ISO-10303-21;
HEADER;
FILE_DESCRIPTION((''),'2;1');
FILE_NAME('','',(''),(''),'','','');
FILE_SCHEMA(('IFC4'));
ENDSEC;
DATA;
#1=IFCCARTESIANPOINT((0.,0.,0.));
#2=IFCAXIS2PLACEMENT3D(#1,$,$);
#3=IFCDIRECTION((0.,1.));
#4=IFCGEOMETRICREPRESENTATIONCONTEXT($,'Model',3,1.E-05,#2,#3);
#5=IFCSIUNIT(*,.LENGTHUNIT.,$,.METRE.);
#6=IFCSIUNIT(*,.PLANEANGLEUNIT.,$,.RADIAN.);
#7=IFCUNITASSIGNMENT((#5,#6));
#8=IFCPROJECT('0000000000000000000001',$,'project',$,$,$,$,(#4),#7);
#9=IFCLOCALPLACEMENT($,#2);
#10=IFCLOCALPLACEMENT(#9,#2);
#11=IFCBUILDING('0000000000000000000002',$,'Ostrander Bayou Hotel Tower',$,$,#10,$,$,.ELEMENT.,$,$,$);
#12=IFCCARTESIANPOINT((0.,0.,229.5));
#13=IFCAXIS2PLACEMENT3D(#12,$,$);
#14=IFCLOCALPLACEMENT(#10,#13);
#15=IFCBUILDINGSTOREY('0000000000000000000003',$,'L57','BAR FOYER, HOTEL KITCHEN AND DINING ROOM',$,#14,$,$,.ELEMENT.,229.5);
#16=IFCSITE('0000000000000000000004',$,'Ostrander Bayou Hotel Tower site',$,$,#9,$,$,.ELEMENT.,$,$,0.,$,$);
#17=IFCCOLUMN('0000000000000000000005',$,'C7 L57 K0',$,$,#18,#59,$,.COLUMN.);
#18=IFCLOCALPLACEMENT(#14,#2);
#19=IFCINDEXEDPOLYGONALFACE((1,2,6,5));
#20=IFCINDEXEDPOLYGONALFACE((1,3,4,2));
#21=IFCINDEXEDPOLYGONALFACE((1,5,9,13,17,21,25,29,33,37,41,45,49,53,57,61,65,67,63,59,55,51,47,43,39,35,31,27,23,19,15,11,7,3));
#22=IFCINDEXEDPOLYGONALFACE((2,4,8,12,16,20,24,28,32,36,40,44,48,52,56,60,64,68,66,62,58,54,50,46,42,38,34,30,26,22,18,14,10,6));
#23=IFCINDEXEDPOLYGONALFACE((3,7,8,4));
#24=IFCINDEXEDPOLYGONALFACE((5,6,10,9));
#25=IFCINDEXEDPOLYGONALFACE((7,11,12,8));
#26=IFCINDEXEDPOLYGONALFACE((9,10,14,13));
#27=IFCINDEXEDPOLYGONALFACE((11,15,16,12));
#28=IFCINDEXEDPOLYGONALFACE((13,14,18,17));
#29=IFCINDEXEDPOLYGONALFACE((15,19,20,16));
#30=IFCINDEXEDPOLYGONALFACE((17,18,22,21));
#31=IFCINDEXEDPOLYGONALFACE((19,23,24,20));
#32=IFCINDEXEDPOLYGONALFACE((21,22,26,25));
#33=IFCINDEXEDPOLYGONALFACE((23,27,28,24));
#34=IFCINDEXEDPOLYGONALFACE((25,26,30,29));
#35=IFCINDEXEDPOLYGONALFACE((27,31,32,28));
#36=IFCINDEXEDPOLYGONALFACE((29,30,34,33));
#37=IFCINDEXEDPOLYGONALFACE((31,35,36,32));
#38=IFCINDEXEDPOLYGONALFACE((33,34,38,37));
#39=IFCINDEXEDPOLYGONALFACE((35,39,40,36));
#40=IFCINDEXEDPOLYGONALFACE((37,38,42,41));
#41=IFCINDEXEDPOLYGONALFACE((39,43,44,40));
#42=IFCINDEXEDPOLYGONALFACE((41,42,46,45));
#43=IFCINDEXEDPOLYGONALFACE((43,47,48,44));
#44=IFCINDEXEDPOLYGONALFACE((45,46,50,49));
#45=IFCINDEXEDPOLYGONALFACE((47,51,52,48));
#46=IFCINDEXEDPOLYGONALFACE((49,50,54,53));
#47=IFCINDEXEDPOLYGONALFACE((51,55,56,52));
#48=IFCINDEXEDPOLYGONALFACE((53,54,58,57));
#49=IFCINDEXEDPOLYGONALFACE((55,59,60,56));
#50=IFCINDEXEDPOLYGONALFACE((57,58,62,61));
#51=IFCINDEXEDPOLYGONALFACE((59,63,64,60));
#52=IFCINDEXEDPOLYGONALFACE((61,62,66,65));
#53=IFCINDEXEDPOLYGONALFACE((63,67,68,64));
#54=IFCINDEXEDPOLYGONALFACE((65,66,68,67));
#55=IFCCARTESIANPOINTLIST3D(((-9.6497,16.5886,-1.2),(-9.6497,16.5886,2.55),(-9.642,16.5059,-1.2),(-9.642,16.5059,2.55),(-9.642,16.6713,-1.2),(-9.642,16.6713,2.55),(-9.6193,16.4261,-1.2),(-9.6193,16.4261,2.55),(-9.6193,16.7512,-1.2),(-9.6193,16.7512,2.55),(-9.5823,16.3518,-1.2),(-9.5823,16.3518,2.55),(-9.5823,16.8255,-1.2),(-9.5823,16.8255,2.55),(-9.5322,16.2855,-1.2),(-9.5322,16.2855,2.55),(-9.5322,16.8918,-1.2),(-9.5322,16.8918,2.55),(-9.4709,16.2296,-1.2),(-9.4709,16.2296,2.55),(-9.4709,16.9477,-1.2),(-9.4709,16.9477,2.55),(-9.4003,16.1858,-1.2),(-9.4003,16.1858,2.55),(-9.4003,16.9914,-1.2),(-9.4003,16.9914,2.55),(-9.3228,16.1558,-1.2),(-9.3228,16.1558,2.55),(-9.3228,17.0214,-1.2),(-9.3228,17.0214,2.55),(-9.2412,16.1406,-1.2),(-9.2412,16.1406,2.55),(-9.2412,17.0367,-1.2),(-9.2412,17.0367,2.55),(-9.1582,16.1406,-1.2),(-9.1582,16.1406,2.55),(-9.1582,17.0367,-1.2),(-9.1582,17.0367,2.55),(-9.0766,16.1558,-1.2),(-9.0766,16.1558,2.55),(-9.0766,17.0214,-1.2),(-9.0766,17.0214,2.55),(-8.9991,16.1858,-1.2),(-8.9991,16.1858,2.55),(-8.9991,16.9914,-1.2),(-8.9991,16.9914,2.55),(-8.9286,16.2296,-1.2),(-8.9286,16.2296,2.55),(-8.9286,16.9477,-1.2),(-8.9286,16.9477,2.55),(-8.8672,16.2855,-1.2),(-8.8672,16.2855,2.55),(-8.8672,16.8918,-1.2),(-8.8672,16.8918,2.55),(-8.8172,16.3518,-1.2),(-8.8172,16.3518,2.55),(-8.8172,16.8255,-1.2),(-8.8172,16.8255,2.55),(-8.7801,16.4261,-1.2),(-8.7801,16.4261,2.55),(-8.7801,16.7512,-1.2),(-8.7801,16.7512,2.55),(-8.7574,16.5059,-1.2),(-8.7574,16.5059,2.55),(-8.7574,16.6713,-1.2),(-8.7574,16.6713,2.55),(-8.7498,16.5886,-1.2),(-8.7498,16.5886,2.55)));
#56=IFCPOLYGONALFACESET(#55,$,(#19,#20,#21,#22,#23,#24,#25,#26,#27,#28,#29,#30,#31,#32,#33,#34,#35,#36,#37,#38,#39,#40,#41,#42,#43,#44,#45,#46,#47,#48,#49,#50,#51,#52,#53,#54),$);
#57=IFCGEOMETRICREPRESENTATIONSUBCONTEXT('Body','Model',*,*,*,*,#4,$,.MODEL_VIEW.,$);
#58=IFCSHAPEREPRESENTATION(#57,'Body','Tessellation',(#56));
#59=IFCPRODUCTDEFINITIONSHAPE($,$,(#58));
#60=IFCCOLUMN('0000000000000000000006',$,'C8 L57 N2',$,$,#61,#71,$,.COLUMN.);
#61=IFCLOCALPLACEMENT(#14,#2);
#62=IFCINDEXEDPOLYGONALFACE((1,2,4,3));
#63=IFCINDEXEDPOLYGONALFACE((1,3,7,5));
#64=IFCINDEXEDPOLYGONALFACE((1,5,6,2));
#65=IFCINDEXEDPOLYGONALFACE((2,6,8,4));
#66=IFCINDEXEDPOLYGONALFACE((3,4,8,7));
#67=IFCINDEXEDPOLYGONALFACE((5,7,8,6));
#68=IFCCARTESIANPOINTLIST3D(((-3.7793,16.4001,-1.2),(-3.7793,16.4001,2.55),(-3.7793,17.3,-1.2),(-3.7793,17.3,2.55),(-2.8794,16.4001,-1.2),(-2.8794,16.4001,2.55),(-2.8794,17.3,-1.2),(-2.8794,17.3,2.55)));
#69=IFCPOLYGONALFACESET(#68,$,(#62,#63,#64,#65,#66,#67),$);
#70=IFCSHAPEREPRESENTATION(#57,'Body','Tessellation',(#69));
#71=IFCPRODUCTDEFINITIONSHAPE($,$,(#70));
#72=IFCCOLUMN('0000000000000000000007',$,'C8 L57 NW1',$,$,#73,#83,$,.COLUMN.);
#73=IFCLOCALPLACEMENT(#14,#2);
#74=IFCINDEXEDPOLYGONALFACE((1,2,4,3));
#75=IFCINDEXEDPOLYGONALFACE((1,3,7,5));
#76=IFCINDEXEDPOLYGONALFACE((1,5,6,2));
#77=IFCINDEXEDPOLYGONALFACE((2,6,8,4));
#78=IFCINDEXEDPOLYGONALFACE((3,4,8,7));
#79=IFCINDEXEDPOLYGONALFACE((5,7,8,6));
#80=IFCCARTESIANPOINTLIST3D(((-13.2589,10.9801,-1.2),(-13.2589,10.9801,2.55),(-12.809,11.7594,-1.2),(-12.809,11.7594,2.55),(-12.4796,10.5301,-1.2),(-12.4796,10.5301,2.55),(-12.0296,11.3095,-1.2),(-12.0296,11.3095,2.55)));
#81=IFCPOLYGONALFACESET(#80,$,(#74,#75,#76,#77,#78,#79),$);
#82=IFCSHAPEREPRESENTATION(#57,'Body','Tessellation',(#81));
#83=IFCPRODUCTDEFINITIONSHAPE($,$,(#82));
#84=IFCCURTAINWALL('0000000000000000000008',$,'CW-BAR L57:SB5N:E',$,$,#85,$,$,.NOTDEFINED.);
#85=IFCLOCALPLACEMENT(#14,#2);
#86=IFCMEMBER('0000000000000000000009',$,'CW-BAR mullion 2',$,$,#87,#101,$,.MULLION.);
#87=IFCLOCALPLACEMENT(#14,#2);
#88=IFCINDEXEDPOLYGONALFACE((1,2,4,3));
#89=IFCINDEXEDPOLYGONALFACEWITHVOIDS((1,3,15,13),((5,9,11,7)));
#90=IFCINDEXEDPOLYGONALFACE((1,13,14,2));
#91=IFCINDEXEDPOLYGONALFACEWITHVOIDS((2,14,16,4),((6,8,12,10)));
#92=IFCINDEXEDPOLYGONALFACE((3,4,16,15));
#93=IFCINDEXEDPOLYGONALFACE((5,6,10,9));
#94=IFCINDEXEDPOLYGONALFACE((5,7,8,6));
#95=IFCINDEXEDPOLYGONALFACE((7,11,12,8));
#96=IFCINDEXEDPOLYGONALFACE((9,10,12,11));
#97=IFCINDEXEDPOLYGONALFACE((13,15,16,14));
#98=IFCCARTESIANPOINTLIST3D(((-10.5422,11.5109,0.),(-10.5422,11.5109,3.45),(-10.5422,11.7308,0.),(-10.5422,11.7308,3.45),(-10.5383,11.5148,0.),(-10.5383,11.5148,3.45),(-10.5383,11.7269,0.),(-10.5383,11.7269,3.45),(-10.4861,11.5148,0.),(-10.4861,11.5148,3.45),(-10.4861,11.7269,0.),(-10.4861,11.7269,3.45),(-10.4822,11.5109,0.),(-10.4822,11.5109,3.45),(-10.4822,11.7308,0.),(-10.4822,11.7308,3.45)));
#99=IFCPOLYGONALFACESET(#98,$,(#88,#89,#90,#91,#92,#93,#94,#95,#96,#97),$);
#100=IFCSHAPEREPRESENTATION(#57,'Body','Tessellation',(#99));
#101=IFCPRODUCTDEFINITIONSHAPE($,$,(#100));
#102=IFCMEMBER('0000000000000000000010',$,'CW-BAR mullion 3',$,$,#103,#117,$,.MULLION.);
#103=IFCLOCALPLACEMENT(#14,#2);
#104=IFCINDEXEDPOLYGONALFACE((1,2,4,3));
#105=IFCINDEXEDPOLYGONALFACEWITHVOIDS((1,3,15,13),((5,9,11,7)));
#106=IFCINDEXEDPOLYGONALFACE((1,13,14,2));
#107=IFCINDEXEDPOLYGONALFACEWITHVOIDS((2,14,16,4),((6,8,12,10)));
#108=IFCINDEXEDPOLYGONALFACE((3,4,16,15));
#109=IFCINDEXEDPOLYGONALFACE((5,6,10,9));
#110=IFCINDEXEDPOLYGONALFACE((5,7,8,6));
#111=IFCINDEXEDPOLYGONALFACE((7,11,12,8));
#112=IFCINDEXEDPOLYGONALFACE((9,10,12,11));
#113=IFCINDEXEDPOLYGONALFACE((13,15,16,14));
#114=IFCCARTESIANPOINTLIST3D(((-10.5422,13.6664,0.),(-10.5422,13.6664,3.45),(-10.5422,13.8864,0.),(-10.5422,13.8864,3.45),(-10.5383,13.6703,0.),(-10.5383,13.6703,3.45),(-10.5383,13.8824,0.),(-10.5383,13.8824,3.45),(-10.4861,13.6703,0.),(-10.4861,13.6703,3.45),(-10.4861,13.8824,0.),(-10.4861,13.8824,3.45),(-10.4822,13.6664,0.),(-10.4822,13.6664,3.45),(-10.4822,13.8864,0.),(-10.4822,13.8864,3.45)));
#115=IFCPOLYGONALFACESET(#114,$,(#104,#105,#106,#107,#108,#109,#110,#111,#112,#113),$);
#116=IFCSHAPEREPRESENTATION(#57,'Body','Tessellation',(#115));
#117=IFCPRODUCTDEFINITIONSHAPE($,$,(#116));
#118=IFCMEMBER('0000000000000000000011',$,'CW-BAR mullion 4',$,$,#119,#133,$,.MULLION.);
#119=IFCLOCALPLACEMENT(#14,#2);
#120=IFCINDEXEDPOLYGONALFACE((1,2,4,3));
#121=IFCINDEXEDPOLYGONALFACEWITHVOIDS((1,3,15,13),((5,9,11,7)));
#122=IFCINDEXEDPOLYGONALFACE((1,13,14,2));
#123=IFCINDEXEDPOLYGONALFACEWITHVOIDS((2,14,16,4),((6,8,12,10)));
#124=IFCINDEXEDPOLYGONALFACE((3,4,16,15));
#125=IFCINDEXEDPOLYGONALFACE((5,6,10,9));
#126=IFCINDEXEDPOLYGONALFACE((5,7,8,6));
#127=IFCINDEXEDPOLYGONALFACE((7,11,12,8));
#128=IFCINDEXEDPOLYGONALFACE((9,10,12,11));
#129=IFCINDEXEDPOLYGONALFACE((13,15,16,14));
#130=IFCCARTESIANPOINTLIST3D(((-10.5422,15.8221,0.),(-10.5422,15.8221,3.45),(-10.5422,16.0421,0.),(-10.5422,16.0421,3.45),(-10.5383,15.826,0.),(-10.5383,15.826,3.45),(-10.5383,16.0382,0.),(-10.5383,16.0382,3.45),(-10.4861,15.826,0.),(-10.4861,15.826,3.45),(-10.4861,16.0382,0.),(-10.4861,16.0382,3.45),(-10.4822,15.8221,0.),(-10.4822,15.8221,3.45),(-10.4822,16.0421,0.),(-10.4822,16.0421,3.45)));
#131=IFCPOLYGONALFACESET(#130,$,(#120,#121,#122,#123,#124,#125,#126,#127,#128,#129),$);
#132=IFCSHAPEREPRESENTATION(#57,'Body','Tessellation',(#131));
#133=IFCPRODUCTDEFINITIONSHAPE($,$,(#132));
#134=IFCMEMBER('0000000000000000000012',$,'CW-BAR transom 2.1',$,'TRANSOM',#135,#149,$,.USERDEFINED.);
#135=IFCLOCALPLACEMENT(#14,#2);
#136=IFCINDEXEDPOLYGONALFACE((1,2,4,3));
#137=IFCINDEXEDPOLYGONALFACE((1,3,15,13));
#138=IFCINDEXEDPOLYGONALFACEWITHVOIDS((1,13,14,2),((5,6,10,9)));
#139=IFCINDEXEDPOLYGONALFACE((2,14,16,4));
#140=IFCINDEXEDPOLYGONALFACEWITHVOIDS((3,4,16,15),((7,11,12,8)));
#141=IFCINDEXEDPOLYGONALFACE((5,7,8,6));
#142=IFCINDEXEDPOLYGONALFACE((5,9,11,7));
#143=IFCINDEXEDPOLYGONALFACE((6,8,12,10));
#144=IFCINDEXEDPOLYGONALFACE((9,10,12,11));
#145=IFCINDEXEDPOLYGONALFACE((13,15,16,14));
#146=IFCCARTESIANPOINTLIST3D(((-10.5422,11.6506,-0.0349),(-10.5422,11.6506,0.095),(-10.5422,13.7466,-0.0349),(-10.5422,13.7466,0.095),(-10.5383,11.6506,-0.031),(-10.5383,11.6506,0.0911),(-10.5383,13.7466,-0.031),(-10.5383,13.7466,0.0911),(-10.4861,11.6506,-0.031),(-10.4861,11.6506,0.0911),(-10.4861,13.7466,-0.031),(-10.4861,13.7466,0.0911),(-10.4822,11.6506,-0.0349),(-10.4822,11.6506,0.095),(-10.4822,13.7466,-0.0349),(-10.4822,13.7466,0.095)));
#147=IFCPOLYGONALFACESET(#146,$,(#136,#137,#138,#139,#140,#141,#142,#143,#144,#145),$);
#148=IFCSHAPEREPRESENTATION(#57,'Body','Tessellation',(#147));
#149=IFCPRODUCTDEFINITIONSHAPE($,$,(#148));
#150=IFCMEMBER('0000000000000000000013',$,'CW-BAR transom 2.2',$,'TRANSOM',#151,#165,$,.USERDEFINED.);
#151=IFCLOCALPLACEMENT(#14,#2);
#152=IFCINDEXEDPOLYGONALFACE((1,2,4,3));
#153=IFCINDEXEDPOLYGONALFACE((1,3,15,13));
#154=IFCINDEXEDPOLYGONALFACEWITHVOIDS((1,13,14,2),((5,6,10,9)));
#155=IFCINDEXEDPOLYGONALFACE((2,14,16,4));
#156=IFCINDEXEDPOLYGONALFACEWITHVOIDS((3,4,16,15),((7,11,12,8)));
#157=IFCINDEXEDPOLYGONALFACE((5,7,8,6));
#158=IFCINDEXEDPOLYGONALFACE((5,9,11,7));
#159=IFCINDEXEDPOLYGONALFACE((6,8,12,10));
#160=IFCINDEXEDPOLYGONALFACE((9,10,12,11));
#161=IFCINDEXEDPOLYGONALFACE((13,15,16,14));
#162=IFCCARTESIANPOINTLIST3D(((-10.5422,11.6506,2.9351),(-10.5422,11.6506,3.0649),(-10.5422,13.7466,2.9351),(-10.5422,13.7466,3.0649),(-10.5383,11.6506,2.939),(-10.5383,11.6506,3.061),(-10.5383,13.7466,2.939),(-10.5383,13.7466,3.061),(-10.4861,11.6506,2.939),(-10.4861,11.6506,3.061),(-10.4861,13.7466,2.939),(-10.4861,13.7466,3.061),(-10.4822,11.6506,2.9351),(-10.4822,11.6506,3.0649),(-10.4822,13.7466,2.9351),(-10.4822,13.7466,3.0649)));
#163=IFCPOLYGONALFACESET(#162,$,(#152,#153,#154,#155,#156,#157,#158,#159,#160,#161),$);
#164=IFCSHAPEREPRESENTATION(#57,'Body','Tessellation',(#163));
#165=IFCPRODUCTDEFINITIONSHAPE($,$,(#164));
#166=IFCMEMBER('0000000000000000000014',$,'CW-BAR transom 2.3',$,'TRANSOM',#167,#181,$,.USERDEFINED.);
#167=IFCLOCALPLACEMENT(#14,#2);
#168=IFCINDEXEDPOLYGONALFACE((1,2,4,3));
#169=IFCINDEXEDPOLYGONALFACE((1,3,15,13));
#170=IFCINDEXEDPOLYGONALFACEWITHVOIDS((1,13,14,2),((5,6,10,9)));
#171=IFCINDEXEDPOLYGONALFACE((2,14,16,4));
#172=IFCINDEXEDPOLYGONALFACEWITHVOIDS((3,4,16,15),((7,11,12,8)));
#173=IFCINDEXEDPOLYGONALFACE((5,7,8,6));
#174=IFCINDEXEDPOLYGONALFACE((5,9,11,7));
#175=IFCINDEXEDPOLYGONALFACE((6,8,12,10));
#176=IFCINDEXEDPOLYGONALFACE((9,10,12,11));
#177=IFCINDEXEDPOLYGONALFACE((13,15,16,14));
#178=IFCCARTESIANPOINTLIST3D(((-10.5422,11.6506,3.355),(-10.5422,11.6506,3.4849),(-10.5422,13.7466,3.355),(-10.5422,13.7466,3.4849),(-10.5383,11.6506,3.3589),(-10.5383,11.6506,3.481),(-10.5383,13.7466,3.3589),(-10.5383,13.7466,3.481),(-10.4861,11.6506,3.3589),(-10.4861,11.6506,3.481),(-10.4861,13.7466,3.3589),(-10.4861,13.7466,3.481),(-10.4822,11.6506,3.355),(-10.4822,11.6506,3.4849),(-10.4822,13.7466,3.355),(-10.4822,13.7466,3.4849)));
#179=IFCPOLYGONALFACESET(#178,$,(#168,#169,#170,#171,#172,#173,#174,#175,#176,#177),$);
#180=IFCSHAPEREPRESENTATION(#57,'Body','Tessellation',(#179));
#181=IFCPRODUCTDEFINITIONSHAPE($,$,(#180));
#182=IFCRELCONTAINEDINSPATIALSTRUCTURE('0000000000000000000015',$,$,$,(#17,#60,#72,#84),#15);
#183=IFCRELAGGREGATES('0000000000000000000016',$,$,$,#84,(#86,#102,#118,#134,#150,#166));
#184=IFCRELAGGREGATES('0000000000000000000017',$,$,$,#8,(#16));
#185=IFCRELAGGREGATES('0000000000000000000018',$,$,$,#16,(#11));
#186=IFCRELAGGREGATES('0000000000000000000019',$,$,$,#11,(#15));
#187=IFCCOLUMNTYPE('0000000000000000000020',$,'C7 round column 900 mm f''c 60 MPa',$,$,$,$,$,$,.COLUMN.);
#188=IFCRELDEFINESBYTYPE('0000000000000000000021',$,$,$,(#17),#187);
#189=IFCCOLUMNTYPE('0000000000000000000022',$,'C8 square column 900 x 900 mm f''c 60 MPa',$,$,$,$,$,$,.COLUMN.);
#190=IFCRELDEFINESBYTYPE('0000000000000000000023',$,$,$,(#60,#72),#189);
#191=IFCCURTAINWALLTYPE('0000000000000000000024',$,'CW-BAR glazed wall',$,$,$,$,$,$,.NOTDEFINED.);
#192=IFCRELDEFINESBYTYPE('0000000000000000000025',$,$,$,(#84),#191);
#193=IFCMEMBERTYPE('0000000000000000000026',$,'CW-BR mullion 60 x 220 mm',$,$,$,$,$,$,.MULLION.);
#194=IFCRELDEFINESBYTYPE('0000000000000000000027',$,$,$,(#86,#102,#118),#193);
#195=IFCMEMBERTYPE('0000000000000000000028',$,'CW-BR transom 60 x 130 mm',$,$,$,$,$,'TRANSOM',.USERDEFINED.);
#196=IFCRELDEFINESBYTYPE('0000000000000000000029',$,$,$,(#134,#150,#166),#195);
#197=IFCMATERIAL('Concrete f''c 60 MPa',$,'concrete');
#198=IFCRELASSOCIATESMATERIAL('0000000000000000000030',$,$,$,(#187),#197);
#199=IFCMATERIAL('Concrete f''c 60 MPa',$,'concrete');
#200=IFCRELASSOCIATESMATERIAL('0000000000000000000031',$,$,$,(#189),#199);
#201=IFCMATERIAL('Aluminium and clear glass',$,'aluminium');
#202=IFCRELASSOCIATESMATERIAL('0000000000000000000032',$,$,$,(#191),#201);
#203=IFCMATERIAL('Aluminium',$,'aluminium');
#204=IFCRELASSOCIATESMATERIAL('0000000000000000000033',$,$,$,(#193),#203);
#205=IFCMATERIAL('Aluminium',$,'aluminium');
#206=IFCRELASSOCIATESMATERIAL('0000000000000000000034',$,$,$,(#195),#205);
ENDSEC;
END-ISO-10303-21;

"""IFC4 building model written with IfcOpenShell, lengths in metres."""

from ifc_helpers import new_model, si_unit, direction, frame, origin, origin_2d, place, context, subcontext, project, spatial, rectangle, hollow_rectangle, circle, extrude, material, material_profile, profile_set, type_object, element, aggregate, save


model = new_model("IFC4")

# Units and contexts
model_context = context("Model", 3, precision=1e-05, world=origin(), true_north=direction((0.0, 1.0)))
body_context = subcontext(model_context, "Body", "Model", "MODEL_VIEW")
ifc_project = project(units=[si_unit("LENGTHUNIT", "METRE"), si_unit("PLANEANGLEUNIT", "RADIAN")], contexts=[model_context])

# Site, building, storey
site_placement = place(None, origin())
site = spatial("IfcSite", under=ifc_project, at=site_placement, Name="Ostrander Bayou Hotel Tower site", CompositionType="ELEMENT", RefElevation=0.0)
building_placement = place(site_placement, origin())
building = spatial("IfcBuilding", under=site, at=building_placement, Name="Ostrander Bayou Hotel Tower", CompositionType="ELEMENT")
storey_placement = place(building_placement, frame((0.0, 0.0, 229.5)))
storey = spatial("IfcBuildingStorey", under=building, at=storey_placement, Name="L57", Description="BAR FOYER, HOTEL KITCHEN AND DINING ROOM", CompositionType="ELEMENT", Elevation=229.5)

# Columns
ifc_material_1 = material(Name="Concrete f'c 60 MPa", Category="concrete")
ifc_material_profile_1 = material_profile(ifc_material_1, circle(Radius=0.45, at=origin_2d()))
ifc_profile_set_1 = profile_set([ifc_material_profile_1], Name="Concrete f'c 60 MPa")
column_type_1 = type_object("IfcColumnType", Name="C7 round column 900 mm f'c 60 MPa", PredefinedType="COLUMN", material=ifc_profile_set_1)
column_placement = place(storey_placement, frame((-9.1997, 16.5886, -1.2), z_axis=(0.0, 0.0, 1.0), x_axis=(1.0, 0.0, 0.0)))
element("IfcColumn", 1, at=column_placement, inside=storey, type_object=column_type_1, Name="C7 L57 K0", PredefinedType="COLUMN", context=body_context, shape_type="SweptSolid", body=[
    extrude(circle(Radius=0.45, at=origin_2d()), origin(), (0.0, 0.0, 1.0), 3.75),
])
ifc_material_2 = material(Name="Concrete f'c 60 MPa", Category="concrete")
ifc_material_profile_2 = material_profile(ifc_material_2, rectangle(XDim=0.8999, YDim=0.8999, at=origin_2d()))
ifc_profile_set_2 = profile_set([ifc_material_profile_2], Name="Concrete f'c 60 MPa")
column_type_2 = type_object("IfcColumnType", Name="C8 square column 900 x 900 mm f'c 60 MPa", PredefinedType="COLUMN", material=ifc_profile_set_2)
for number, where, z_axis, x_axis, name in (
    (2, (-3.3293, 16.8501, -1.2), (0.0, 0.0, 1.0), (1.0, 0.0, 0.0), "C8 L57 N2"),
    (3, (-12.6443, 11.1448, -1.2), (0.0, 0.0, 1.0), (0.5, 0.866025, 0.0), "C8 L57 NW1"),
):
    element("IfcColumn", number, at=place(storey_placement, frame(where, z_axis=z_axis, x_axis=x_axis)), inside=storey, type_object=column_type_2, Name=name, PredefinedType="COLUMN", context=body_context, shape_type="SweptSolid", body=[
        extrude(rectangle(XDim=0.8999, YDim=0.8999, at=origin_2d()), origin(), (0.0, 0.0, 1.0), 3.75),
    ])

# Curtain wall, members
ifc_material_3 = material(Name="Aluminium and clear glass", Category="aluminium")
curtain_wall_type = type_object("IfcCurtainWallType", Name="CW-BAR glazed wall", PredefinedType="NOTDEFINED", material=ifc_material_3)
curtain_wall_placement = place(storey_placement, origin())
curtain_wall = element("IfcCurtainWall", 4, at=curtain_wall_placement, inside=storey, type_object=curtain_wall_type, Name="CW-BAR L57:SB5N:E", PredefinedType="NOTDEFINED")
ifc_material_4 = material(Name="Aluminium", Category="aluminium")
ifc_material_profile_3 = material_profile(ifc_material_4, hollow_rectangle(XDim=0.0601, YDim=0.22, WallThickness=0.0039, at=origin_2d()))
ifc_profile_set_3 = profile_set([ifc_material_profile_3], Name="Aluminium")
member_type_1 = type_object("IfcMemberType", Name="CW-BR mullion 60 x 220 mm", PredefinedType="MULLION", material=ifc_profile_set_3)
member_1_placement = place(storey_placement, frame((-10.5122, 11.6208, 0.0), z_axis=(0.0, 0.0, 1.0), x_axis=(-1.0, 0.0, 0.0)))
member_1 = element("IfcMember", 5, at=member_1_placement, type_object=member_type_1, Name="CW-BAR mullion 2", PredefinedType="MULLION", context=body_context, shape_type="SweptSolid", body=[
    extrude(hollow_rectangle(XDim=0.0601, YDim=0.22, WallThickness=0.0039, at=origin_2d()), origin(), (0.0, 0.0, 1.0), 3.45),
])
member_2_placement = place(storey_placement, frame((-10.5122, 13.7764, 0.0), z_axis=(0.0, 0.0, 1.0), x_axis=(-1.0, 0.0, 0.0)))
member_2 = element("IfcMember", 6, at=member_2_placement, type_object=member_type_1, Name="CW-BAR mullion 3", PredefinedType="MULLION", context=body_context, shape_type="SweptSolid", body=[
    extrude(hollow_rectangle(XDim=0.0601, YDim=0.22, WallThickness=0.0039, at=origin_2d()), origin(), (0.0, 0.0, 1.0), 3.45),
])
member_3_placement = place(storey_placement, frame((-10.5122, 15.9321, 0.0), z_axis=(0.0, 0.0, 1.0), x_axis=(-1.0, 0.0, 0.0)))
member_3 = element("IfcMember", 7, at=member_3_placement, type_object=member_type_1, Name="CW-BAR mullion 4", PredefinedType="MULLION", context=body_context, shape_type="SweptSolid", body=[
    extrude(hollow_rectangle(XDim=0.0601, YDim=0.22, WallThickness=0.0039, at=origin_2d()), origin(), (0.0, 0.0, 1.0), 3.45),
])
ifc_material_5 = material(Name="Aluminium", Category="aluminium")
ifc_material_profile_4 = material_profile(ifc_material_5, hollow_rectangle(XDim=0.0601, YDim=0.1299, WallThickness=0.0039, at=origin_2d()))
ifc_profile_set_4 = profile_set([ifc_material_profile_4], Name="Aluminium")
member_type_2 = type_object("IfcMemberType", Name="CW-BR transom 60 x 130 mm", ElementType="TRANSOM", PredefinedType="USERDEFINED", material=ifc_profile_set_4)
member_4_placement = place(storey_placement, frame((-10.5122, 11.6506, 0.03), z_axis=(0.0, 1.0, 0.0), x_axis=(-1.0, 0.0, 0.0)))
member_4 = element("IfcMember", 8, at=member_4_placement, type_object=member_type_2, Name="CW-BAR transom 2.1", ObjectType="TRANSOM", PredefinedType="USERDEFINED", context=body_context, shape_type="SweptSolid", body=[
    extrude(hollow_rectangle(XDim=0.0601, YDim=0.1299, WallThickness=0.0039, at=origin_2d()), origin(), (0.0, 0.0, 1.0), 2.0959),
])
member_5_placement = place(storey_placement, frame((-10.5122, 11.6506, 3.0), z_axis=(0.0, 1.0, 0.0), x_axis=(-1.0, 0.0, 0.0)))
member_5 = element("IfcMember", 9, at=member_5_placement, type_object=member_type_2, Name="CW-BAR transom 2.2", ObjectType="TRANSOM", PredefinedType="USERDEFINED", context=body_context, shape_type="SweptSolid", body=[
    extrude(hollow_rectangle(XDim=0.0601, YDim=0.1299, WallThickness=0.0039, at=origin_2d()), origin(), (0.0, 0.0, 1.0), 2.0959),
])
member_6_placement = place(storey_placement, frame((-10.5122, 11.6506, 3.4199), z_axis=(0.0, 1.0, 0.0), x_axis=(-1.0, 0.0, 0.0)))
member_6 = element("IfcMember", 10, at=member_6_placement, type_object=member_type_2, Name="CW-BAR transom 2.3", ObjectType="TRANSOM", PredefinedType="USERDEFINED", context=body_context, shape_type="SweptSolid", body=[
    extrude(hollow_rectangle(XDim=0.0601, YDim=0.1299, WallThickness=0.0039, at=origin_2d()), origin(), (0.0, 0.0, 1.0), 2.0959),
])

aggregate(curtain_wall, [member_1, member_2, member_3, member_4, member_5, member_6])

save(model, "model.ifc")
